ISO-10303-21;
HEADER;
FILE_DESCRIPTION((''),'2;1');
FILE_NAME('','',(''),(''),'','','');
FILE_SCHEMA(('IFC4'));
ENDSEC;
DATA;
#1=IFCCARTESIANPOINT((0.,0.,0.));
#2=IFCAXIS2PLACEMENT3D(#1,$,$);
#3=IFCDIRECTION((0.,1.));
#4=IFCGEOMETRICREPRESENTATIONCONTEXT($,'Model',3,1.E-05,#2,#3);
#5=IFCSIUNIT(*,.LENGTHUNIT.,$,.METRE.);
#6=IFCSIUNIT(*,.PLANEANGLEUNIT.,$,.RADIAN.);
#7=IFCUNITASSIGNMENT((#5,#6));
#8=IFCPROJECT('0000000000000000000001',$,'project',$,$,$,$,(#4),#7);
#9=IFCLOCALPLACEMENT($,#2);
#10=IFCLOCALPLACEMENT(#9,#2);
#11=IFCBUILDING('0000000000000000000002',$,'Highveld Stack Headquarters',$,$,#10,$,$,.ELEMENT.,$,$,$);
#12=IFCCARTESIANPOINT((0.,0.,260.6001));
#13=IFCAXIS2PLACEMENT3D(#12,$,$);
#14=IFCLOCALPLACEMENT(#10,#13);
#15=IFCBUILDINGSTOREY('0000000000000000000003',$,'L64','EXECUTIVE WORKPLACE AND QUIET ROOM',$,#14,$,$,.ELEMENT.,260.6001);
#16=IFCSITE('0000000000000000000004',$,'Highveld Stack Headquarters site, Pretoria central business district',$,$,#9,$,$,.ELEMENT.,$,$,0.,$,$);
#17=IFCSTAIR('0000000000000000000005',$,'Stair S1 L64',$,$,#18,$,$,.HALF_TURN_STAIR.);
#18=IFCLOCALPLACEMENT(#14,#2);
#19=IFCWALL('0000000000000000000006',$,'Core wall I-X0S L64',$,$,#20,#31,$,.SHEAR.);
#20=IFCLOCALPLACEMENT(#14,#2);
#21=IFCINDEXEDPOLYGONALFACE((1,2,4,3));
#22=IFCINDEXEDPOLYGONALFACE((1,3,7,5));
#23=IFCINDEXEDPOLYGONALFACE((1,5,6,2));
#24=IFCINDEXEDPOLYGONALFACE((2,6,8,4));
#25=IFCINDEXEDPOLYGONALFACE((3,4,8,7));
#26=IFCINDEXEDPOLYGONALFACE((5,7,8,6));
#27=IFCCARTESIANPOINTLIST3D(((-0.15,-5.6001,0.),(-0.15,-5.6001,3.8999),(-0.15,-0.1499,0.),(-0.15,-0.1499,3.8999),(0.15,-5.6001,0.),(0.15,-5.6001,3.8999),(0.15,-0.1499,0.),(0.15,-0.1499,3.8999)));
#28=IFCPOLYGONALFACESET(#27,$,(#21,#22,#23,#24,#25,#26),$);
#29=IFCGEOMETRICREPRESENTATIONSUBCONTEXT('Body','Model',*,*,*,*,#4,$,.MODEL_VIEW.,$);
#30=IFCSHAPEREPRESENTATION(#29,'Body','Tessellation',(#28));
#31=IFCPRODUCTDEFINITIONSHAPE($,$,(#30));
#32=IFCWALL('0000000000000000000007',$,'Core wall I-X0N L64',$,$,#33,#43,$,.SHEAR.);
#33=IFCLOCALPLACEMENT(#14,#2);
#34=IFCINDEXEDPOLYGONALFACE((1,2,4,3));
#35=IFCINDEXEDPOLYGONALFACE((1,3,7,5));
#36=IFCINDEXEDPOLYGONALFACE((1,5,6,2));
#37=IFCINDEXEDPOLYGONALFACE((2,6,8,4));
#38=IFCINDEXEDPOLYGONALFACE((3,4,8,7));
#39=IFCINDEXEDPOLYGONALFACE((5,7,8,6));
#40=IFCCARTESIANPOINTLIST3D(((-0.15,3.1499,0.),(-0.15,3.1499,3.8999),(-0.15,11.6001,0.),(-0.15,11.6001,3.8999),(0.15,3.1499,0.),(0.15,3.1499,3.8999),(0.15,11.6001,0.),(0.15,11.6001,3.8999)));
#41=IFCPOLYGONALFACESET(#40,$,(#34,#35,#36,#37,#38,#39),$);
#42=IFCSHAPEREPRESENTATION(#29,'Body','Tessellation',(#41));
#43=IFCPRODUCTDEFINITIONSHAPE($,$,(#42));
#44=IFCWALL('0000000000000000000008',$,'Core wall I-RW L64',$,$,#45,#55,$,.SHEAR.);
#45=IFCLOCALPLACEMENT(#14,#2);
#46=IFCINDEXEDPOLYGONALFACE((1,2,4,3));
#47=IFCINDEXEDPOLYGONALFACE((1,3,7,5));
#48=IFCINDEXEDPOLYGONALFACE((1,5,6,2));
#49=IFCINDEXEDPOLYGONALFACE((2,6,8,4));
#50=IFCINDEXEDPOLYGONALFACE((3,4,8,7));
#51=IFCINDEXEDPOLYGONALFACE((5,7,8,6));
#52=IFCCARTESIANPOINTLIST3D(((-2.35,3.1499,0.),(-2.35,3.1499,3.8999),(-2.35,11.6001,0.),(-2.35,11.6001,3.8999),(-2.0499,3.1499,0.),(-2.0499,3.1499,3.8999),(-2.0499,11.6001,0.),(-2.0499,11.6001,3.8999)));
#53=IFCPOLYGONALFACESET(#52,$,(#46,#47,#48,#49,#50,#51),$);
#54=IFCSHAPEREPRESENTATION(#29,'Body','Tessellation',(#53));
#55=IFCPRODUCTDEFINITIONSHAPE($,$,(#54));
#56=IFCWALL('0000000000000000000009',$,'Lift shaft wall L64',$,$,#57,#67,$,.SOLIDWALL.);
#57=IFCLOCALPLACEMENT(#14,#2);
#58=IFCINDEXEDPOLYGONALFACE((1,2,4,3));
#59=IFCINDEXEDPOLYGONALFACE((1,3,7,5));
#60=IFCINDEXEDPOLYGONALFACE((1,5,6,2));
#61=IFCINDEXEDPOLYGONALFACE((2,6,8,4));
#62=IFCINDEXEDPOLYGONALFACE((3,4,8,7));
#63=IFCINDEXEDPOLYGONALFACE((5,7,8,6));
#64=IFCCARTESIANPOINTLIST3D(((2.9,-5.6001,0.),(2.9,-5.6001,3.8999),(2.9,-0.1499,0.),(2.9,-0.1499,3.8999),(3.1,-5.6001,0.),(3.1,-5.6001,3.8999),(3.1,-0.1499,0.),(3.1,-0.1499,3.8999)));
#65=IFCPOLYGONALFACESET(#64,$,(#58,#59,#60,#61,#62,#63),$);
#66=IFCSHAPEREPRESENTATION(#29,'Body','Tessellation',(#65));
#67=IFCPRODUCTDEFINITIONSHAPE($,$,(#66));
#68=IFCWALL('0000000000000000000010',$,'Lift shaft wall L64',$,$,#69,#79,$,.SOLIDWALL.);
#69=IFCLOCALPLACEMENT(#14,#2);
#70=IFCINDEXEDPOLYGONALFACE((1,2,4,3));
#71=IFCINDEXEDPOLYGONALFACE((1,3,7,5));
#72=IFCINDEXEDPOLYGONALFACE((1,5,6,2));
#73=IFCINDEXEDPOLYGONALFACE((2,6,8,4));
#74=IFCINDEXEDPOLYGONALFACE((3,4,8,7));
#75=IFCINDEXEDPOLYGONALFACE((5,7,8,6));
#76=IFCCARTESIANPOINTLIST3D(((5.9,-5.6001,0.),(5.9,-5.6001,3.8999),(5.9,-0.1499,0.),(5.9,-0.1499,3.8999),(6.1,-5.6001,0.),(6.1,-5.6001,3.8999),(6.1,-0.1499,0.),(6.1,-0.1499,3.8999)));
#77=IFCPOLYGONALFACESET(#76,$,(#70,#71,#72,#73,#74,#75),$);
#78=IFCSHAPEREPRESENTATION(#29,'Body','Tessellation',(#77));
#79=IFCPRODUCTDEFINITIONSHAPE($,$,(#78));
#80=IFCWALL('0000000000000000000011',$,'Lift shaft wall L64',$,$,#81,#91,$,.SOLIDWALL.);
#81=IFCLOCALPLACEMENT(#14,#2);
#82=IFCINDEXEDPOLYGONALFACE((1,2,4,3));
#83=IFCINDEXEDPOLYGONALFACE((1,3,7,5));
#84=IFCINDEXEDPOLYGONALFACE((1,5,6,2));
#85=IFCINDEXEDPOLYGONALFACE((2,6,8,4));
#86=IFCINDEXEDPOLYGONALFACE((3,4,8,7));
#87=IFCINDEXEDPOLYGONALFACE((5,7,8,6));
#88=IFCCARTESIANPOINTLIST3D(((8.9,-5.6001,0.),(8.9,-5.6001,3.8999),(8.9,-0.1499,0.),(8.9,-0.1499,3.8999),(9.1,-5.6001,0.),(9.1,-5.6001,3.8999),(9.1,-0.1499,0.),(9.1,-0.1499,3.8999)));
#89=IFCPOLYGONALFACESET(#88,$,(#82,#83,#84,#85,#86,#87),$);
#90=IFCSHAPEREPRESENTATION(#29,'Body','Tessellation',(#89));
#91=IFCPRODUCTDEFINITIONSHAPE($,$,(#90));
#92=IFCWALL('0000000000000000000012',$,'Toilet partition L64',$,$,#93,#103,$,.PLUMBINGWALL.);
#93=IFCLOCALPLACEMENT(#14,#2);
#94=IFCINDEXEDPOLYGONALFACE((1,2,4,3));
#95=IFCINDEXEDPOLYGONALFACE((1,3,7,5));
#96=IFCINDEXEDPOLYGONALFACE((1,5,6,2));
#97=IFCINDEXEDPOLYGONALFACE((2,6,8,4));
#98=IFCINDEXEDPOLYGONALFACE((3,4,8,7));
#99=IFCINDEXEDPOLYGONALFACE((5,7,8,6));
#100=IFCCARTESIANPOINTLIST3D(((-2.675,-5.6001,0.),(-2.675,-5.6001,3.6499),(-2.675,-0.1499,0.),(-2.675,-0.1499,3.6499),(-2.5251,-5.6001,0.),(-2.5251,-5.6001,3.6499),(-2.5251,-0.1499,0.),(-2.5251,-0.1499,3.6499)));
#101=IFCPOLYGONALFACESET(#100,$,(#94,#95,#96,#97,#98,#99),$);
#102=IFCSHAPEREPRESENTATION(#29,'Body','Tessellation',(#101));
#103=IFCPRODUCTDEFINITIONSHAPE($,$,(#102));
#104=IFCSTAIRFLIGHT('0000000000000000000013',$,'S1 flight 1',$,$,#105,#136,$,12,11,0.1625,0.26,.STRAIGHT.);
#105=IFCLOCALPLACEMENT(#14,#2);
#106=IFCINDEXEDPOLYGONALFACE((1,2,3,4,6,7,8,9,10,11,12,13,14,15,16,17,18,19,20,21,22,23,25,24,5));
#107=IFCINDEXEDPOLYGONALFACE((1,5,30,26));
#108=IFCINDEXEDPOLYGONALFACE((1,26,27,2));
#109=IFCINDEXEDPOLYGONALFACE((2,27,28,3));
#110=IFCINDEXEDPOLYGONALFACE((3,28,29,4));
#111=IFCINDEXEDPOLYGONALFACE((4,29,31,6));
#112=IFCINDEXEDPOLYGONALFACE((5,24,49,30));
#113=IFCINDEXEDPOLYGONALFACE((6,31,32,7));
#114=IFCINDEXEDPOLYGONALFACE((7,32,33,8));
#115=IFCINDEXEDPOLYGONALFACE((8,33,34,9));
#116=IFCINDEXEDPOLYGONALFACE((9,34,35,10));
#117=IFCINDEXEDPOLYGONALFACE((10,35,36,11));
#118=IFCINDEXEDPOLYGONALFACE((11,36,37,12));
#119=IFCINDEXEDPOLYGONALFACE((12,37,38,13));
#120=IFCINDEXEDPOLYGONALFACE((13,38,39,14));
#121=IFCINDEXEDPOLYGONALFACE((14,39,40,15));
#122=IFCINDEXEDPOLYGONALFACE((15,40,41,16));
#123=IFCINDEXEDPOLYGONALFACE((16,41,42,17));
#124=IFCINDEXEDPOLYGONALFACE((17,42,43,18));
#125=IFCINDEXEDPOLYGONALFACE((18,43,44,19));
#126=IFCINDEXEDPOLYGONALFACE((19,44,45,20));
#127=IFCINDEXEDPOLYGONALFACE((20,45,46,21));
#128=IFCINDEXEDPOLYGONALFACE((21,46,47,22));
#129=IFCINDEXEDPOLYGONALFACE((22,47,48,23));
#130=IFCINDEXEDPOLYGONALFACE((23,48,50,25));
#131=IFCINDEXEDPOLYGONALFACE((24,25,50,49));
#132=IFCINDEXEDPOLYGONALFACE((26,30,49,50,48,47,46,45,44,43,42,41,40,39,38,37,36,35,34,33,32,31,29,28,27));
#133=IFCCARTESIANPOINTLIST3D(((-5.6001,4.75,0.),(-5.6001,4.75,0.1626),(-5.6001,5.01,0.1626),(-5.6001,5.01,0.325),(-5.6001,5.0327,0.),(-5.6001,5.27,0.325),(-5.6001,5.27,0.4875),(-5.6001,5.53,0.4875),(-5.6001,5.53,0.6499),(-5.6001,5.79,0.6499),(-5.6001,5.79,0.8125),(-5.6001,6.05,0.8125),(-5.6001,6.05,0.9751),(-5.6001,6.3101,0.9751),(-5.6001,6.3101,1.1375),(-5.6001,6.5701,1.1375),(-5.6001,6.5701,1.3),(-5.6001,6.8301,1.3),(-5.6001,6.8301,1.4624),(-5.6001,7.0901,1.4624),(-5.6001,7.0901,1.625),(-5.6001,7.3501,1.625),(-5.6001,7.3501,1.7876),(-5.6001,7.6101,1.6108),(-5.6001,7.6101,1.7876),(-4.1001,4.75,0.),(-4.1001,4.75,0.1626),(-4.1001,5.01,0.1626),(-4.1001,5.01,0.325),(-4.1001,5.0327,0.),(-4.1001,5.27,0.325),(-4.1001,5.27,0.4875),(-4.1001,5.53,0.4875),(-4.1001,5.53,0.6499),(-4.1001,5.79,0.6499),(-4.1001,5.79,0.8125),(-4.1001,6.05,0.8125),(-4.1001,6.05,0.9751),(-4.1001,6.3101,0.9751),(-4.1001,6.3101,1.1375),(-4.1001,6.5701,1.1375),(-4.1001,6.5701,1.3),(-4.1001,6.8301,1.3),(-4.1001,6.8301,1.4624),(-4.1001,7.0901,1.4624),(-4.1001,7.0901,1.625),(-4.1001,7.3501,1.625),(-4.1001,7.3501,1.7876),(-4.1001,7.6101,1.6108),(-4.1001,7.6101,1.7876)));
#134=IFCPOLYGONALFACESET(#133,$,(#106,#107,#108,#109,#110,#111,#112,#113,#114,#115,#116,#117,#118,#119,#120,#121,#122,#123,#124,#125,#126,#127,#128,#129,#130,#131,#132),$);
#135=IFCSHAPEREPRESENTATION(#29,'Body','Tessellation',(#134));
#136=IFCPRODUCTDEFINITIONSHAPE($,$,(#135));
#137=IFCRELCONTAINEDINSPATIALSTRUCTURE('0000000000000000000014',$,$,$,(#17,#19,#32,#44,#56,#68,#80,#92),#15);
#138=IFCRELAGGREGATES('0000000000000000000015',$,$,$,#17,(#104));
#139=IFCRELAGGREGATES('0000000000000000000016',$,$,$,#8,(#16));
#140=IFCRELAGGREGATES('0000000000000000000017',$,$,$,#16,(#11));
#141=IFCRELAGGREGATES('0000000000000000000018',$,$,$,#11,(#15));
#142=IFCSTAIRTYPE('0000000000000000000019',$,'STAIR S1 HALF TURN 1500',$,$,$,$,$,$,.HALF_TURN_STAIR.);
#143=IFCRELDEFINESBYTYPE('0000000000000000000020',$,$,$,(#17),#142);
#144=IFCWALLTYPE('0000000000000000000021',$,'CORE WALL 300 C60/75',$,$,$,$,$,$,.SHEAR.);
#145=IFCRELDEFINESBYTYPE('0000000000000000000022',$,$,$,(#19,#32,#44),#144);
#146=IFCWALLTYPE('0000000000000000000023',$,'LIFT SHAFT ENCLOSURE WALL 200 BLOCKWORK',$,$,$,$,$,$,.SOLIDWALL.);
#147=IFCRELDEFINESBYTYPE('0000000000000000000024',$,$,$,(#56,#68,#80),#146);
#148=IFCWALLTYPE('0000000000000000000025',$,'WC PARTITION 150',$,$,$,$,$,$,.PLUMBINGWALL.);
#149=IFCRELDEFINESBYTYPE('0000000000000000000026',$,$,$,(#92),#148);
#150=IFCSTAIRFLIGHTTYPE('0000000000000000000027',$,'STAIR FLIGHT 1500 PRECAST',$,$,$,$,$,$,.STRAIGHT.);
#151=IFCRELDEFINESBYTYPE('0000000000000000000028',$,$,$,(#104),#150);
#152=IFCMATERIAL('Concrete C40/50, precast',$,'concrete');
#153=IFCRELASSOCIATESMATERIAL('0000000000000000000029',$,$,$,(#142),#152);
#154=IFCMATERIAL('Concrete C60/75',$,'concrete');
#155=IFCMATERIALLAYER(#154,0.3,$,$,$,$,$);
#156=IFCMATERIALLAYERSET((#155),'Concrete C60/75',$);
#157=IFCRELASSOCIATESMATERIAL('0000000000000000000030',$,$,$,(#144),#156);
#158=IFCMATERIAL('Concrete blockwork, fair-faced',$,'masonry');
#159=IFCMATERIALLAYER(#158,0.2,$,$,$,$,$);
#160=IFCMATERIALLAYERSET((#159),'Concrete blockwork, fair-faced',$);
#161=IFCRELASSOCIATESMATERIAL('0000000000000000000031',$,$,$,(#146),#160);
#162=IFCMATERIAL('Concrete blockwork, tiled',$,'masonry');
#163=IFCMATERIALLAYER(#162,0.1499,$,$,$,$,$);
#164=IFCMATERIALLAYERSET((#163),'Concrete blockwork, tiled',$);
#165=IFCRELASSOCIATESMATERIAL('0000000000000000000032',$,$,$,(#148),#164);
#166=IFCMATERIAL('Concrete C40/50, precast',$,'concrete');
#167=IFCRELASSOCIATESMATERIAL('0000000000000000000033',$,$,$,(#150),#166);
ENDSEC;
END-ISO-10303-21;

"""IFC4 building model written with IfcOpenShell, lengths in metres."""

from ifc_helpers import new_model, si_unit, direction, frame, frame_2d, origin, place, context, subcontext, project, spatial, polyline, rectangle, outline, extrude, material, layer, layer_set, type_object, element, aggregate, save


model = new_model("IFC4")

# Units and contexts
model_context = context("Model", 3, precision=1e-05, world=origin(), true_north=direction((0.0, 1.0)))
body_context = subcontext(model_context, "Body", "Model", "MODEL_VIEW")
ifc_project = project(units=[si_unit("LENGTHUNIT", "METRE"), si_unit("PLANEANGLEUNIT", "RADIAN")], contexts=[model_context])

# Site, building, storey
site_placement = place(None, origin())
site = spatial("IfcSite", under=ifc_project, at=site_placement, Name="Highveld Stack Headquarters site, Pretoria central business district", CompositionType="ELEMENT", RefElevation=0.0)
building_placement = place(site_placement, origin())
building = spatial("IfcBuilding", under=site, at=building_placement, Name="Highveld Stack Headquarters", CompositionType="ELEMENT")
storey_placement = place(building_placement, frame((0.0, 0.0, 260.6001)))
storey = spatial("IfcBuildingStorey", under=building, at=storey_placement, Name="L64", Description="EXECUTIVE WORKPLACE AND QUIET ROOM", CompositionType="ELEMENT", Elevation=260.6001)

# Stair
ifc_material_1 = material(Name="Concrete C40/50, precast", Category="concrete")
stair_type_1 = type_object("IfcStairType", Name="STAIR S1 HALF TURN 1500", PredefinedType="HALF_TURN_STAIR", material=ifc_material_1)
stair_1_placement = place(storey_placement, origin())
stair_1 = element("IfcStair", 1, at=stair_1_placement, inside=storey, type_object=stair_type_1, Name="Stair S1 L64", PredefinedType="HALF_TURN_STAIR")

# Shared definitions
ifc_material_2 = material(Name="Concrete C60/75", Category="concrete")
ifc_layer_1 = layer(ifc_material_2, 0.3)
ifc_layer_set_1 = layer_set([ifc_layer_1], Name="Concrete C60/75")
wall_type_1 = type_object("IfcWallType", Name="CORE WALL 300 C60/75", PredefinedType="SHEAR", material=ifc_layer_set_1)

# Walls
wall_1_placement = place(storey_placement, frame((0.0, -5.6001, 0.0), z_axis=(0.0, 0.0, 1.0), x_axis=(0.0, 1.0, 0.0)))
element("IfcWall", 2, at=wall_1_placement, inside=storey, type_object=wall_type_1, Name="Core wall I-X0S L64", PredefinedType="SHEAR", context=body_context, shape_type="SweptSolid", body=[
    extrude(rectangle(XDim=5.4502, YDim=0.3, at=frame_2d((2.7251, 0.0))), origin(), (0.0, 0.0, 1.0), 3.8999),
])
for number, where, z_axis, x_axis, name in (
    (3, (0.0, 3.1499, 0.0), (0.0, 0.0, 1.0), (0.0, 1.0, 0.0), "Core wall I-X0N L64"),
    (4, (-2.2, 3.1499, 0.0), (0.0, 0.0, 1.0), (0.0, 1.0, 0.0), "Core wall I-RW L64"),
):
    element("IfcWall", number, at=place(storey_placement, frame(where, z_axis=z_axis, x_axis=x_axis)), inside=storey, type_object=wall_type_1, Name=name, PredefinedType="SHEAR", context=body_context, shape_type="SweptSolid", body=[
        extrude(rectangle(XDim=8.4502, YDim=0.3, at=frame_2d((4.2251, 0.0))), origin(), (0.0, 0.0, 1.0), 3.8999),
    ])
ifc_material_3 = material(Name="Concrete blockwork, fair-faced", Category="masonry")
ifc_layer_2 = layer(ifc_material_3, 0.2)
ifc_layer_set_2 = layer_set([ifc_layer_2], Name="Concrete blockwork, fair-faced")
wall_type_2 = type_object("IfcWallType", Name="LIFT SHAFT ENCLOSURE WALL 200 BLOCKWORK", PredefinedType="SOLIDWALL", material=ifc_layer_set_2)
for number, where, z_axis, x_axis, name in (
    (5, (3.0, -5.6001, 0.0), (0.0, 0.0, 1.0), (0.0, 1.0, 0.0), "Lift shaft wall L64"),
    (6, (6.0, -5.6001, 0.0), (0.0, 0.0, 1.0), (0.0, 1.0, 0.0), "Lift shaft wall L64"),
    (7, (9.0, -5.6001, 0.0), (0.0, 0.0, 1.0), (0.0, 1.0, 0.0), "Lift shaft wall L64"),
):
    element("IfcWall", number, at=place(storey_placement, frame(where, z_axis=z_axis, x_axis=x_axis)), inside=storey, type_object=wall_type_2, Name=name, PredefinedType="SOLIDWALL", context=body_context, shape_type="SweptSolid", body=[
        extrude(rectangle(XDim=5.4502, YDim=0.2, at=frame_2d((2.7251, 0.0))), origin(), (0.0, 0.0, 1.0), 3.8999),
    ])
ifc_material_4 = material(Name="Concrete blockwork, tiled", Category="masonry")
ifc_layer_3 = layer(ifc_material_4, 0.1499)
ifc_layer_set_3 = layer_set([ifc_layer_3], Name="Concrete blockwork, tiled")
wall_type_3 = type_object("IfcWallType", Name="WC PARTITION 150", PredefinedType="PLUMBINGWALL", material=ifc_layer_set_3)
wall_2_placement = place(storey_placement, frame((-2.6001, -5.6001, 0.0), z_axis=(0.0, 0.0, 1.0), x_axis=(0.0, 1.0, 0.0)))
element("IfcWall", 8, at=wall_2_placement, inside=storey, type_object=wall_type_3, Name="Toilet partition L64", PredefinedType="PLUMBINGWALL", context=body_context, shape_type="SweptSolid", body=[
    extrude(rectangle(XDim=5.4502, YDim=0.1499, at=frame_2d((2.7251, 0.0))), origin(), (0.0, 0.0, 1.0), 3.6499),
])

# Stair flight
ifc_material_5 = material(Name="Concrete C40/50, precast", Category="concrete")
stair_flight_type = type_object("IfcStairFlightType", Name="STAIR FLIGHT 1500 PRECAST", PredefinedType="STRAIGHT", material=ifc_material_5)
stair_flight_placement = place(storey_placement, frame((-4.8501, 4.75, 0.0), z_axis=(0.0, 0.0, 1.0), x_axis=(0.0, 1.0, 0.0)))
stair_flight = element("IfcStairFlight", 9, at=stair_flight_placement, type_object=stair_flight_type, Name="S1 flight 1", NumberOfRisers=12, NumberOfTreads=11, PredefinedType="STRAIGHT", RiserHeight=0.1625, TreadLength=0.26, context=body_context, shape_type="SweptSolid", body=[
    extrude(outline(polyline([(0.0, 0.0), (0.0, 0.1626), (0.26, 0.1626), (0.26, 0.325), (0.52, 0.325), (0.52, 0.4875), (0.78, 0.4875), (0.78, 0.6499), (1.04, 0.6499), (1.04, 0.8125), (1.3, 0.8125), (1.3, 0.9751), (1.5601, 0.9751), (1.5601, 1.1375), (1.8201, 1.1375), (1.8201, 1.3), (2.0801, 1.3), (2.0801, 1.4624), (2.3401, 1.4624), (2.3401, 1.625), (2.6001, 1.625), (2.6001, 1.7876), (2.8601, 1.7876), (2.8601, 1.95), (2.8601, 1.6108), (0.2827, 0.0), (0.0, 0.0)])), frame((0.0, 0.75, 0.0), z_axis=(0.0, -1.0, 0.0), x_axis=(1.0, 0.0, 0.0)), (0.0, 0.0, 1.0), 1.5),
])
aggregate(stair_1, [stair_flight])

save(model, "model.ifc")
